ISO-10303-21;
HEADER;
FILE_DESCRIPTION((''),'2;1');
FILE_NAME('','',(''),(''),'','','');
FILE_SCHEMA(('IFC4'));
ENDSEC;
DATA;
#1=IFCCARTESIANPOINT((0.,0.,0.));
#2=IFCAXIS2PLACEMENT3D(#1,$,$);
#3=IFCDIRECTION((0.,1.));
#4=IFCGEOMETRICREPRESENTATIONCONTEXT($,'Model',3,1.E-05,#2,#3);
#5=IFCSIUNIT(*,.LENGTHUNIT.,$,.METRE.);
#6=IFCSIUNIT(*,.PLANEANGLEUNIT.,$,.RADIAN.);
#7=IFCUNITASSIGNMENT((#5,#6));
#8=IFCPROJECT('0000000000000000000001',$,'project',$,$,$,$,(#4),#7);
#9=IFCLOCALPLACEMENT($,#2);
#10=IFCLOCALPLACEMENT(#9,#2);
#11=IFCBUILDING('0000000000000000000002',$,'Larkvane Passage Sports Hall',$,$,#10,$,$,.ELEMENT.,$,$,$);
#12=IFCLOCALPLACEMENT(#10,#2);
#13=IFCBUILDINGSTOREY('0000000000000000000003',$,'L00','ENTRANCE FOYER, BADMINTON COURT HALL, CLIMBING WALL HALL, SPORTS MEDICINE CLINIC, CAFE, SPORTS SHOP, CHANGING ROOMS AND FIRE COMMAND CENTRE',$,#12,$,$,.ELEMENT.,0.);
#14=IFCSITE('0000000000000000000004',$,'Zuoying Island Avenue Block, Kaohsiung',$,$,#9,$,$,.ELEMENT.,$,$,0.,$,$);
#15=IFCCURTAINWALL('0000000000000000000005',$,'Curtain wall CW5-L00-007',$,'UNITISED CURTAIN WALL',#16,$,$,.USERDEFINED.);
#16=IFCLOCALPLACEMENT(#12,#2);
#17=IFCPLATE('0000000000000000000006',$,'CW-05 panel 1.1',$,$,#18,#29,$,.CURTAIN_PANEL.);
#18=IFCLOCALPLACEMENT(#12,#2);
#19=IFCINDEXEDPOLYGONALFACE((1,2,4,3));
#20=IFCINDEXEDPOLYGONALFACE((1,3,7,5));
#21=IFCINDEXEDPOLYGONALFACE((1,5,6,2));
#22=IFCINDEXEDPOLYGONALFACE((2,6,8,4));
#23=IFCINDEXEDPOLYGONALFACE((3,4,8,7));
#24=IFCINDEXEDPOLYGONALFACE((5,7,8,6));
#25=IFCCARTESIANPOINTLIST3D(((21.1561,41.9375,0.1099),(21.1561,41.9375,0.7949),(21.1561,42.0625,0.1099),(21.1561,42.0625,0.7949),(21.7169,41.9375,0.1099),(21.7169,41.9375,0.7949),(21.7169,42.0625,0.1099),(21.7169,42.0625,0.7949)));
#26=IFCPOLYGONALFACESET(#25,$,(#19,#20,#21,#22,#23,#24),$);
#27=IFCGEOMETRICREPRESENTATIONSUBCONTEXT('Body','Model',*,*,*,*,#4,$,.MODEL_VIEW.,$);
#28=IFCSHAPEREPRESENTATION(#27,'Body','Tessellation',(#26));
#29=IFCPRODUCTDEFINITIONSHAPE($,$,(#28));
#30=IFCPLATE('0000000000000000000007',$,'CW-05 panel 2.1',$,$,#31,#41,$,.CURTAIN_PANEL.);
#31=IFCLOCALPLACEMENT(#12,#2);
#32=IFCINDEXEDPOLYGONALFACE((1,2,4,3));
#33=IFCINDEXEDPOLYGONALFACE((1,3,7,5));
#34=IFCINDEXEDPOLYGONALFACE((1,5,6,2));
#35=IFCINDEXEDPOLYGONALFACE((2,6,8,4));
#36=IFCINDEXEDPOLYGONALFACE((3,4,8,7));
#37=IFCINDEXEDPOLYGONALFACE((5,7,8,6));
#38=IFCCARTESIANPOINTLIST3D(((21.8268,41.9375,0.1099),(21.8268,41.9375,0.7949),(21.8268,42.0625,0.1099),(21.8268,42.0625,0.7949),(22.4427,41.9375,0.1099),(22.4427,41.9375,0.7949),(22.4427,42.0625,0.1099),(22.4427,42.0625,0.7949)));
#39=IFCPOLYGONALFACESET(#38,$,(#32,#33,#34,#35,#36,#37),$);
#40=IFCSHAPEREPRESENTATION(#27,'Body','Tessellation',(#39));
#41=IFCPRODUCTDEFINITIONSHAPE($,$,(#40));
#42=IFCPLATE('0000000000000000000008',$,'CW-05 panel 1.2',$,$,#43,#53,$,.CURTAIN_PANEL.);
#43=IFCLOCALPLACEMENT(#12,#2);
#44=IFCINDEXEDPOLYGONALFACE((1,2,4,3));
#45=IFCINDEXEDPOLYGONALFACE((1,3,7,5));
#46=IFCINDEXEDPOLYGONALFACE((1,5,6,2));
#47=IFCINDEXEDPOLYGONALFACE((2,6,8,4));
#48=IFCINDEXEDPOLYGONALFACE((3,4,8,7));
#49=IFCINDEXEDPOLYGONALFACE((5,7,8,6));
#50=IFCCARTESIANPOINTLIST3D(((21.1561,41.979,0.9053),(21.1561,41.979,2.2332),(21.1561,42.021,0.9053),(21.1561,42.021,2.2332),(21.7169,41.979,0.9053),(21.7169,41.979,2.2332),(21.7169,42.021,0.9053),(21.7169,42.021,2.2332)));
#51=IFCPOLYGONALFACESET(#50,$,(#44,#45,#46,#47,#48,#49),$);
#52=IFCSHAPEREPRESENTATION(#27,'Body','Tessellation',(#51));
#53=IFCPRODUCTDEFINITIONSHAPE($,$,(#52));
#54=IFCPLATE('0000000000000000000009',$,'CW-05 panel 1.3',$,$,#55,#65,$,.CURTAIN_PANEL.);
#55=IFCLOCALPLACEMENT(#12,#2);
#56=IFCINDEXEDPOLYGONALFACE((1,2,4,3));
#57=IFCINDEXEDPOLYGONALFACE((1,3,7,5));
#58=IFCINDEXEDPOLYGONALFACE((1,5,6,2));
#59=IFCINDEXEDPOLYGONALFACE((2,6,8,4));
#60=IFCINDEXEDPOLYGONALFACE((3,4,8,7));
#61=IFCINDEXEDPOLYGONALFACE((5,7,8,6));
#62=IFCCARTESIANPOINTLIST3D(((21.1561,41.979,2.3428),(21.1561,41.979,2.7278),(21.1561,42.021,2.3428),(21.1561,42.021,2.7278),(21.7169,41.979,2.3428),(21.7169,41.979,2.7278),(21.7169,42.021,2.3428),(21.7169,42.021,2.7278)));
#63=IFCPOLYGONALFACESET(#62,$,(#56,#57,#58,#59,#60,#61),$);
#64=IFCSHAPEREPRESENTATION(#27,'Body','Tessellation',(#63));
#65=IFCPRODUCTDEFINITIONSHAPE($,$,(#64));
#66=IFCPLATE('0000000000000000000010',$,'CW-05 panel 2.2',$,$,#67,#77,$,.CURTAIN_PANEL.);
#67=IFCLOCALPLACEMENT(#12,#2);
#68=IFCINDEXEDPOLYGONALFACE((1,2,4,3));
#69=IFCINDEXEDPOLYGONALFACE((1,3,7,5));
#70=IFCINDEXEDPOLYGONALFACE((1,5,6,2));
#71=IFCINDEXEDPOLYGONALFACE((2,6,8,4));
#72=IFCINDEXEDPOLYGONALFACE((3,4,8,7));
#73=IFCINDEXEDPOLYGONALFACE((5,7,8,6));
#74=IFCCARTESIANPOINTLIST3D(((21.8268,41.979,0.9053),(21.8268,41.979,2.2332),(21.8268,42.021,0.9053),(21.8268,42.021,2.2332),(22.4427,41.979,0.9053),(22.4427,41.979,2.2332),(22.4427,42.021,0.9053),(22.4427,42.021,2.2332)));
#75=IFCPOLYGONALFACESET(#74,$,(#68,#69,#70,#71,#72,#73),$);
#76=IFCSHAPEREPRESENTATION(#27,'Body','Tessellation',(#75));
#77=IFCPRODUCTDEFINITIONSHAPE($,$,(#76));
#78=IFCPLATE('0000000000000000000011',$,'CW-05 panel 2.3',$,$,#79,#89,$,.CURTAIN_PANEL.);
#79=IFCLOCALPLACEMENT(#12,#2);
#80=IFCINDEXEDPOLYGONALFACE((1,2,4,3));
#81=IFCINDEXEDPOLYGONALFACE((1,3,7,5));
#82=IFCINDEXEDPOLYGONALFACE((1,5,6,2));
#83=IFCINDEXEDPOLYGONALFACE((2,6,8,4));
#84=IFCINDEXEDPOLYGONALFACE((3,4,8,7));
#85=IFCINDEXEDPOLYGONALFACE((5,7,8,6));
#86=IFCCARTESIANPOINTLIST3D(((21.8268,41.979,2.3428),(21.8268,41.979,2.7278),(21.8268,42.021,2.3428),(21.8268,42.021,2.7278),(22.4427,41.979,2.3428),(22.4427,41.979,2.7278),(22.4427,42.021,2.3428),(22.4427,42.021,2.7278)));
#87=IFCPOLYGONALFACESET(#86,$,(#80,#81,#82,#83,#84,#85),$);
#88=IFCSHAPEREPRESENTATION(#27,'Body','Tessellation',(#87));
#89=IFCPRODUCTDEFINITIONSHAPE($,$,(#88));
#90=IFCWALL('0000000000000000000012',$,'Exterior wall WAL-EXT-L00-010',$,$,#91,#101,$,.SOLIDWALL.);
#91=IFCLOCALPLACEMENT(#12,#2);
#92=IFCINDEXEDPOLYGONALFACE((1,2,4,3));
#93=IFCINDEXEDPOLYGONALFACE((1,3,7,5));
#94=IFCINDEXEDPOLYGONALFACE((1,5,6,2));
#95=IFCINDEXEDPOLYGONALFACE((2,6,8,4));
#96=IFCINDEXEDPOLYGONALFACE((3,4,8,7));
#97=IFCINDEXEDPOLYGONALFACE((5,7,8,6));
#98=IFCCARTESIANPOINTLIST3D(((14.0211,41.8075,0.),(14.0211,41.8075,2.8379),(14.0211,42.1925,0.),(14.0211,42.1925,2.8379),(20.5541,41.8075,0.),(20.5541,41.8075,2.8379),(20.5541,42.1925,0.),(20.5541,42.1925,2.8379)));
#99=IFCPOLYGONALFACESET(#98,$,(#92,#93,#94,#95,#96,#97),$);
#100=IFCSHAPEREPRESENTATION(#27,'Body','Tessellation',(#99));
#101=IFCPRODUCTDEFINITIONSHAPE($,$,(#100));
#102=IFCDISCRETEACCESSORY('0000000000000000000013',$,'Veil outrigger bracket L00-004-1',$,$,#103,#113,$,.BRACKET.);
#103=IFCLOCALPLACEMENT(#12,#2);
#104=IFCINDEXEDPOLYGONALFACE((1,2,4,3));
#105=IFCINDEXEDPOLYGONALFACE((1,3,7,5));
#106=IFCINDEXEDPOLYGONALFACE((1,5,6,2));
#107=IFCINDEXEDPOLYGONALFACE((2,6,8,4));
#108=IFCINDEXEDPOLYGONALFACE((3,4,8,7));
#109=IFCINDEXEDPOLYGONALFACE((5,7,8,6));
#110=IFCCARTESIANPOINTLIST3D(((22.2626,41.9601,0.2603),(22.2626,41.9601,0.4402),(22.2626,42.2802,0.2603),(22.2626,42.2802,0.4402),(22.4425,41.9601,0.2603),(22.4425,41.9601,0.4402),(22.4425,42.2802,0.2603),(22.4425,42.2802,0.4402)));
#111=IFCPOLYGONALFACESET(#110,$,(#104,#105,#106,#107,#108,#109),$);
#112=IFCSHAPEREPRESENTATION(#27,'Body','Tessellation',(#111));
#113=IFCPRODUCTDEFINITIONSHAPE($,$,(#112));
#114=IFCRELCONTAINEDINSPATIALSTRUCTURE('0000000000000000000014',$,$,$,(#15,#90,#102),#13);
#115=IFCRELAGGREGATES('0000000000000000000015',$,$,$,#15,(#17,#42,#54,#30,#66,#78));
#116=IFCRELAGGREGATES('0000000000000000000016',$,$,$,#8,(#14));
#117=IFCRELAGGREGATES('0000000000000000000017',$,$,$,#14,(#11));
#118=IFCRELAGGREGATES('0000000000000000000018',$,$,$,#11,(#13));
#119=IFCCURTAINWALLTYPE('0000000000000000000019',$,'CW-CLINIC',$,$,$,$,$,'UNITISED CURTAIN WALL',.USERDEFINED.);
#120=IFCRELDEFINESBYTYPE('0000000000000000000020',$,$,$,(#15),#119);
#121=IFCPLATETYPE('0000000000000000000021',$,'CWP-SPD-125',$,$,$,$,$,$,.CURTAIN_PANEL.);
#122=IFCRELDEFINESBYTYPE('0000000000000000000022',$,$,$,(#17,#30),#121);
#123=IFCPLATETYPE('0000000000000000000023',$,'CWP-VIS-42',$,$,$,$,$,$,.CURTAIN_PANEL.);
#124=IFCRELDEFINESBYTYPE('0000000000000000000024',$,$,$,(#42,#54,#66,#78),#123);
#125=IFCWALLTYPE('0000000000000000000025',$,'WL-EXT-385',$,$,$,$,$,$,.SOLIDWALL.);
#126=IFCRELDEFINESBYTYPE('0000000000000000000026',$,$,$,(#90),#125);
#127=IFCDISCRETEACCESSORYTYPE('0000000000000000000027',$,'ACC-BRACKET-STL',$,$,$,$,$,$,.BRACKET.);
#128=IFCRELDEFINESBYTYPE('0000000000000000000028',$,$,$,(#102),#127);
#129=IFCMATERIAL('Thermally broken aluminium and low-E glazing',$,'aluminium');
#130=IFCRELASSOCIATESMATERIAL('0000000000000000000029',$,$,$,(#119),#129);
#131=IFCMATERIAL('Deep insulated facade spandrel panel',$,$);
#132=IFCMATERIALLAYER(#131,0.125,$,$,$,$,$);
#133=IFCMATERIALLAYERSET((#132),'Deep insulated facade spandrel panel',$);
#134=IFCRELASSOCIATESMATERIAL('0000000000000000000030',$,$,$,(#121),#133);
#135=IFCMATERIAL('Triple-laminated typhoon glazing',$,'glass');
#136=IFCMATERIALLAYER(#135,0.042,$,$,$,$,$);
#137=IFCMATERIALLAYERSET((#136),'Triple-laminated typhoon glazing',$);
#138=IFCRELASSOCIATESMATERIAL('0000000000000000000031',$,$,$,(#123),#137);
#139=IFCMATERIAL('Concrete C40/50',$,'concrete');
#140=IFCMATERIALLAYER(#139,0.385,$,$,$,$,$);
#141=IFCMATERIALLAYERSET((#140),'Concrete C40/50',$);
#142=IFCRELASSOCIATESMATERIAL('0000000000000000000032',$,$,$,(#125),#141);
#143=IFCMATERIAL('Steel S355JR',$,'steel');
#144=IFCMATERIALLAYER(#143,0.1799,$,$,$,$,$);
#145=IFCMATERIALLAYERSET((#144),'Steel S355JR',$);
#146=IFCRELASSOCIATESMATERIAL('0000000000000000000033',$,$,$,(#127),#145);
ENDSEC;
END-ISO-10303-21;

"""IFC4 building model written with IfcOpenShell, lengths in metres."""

from ifc_helpers import new_model, si_unit, direction, frame, frame_2d, origin, origin_2d, place, context, subcontext, project, spatial, rectangle, extrude, material, layer, layer_set, type_object, element, aggregate, save


model = new_model("IFC4")

# Units and contexts
model_context = context("Model", 3, precision=1e-05, world=origin(), true_north=direction((0.0, 1.0)))
body_context = subcontext(model_context, "Body", "Model", "MODEL_VIEW")
ifc_project = project(units=[si_unit("LENGTHUNIT", "METRE"), si_unit("PLANEANGLEUNIT", "RADIAN")], contexts=[model_context])

# Site, building, storey
site_placement = place(None, origin())
site = spatial("IfcSite", under=ifc_project, at=site_placement, Name="Zuoying Island Avenue Block, Kaohsiung", CompositionType="ELEMENT", RefElevation=0.0)
building_placement = place(site_placement, origin())
building = spatial("IfcBuilding", under=site, at=building_placement, Name="Larkvane Passage Sports Hall", CompositionType="ELEMENT")
storey_placement = place(building_placement, origin())
storey = spatial("IfcBuildingStorey", under=building, at=storey_placement, Name="L00", Description="ENTRANCE FOYER, BADMINTON COURT HALL, CLIMBING WALL HALL, SPORTS MEDICINE CLINIC, CAFE, SPORTS SHOP, CHANGING ROOMS AND FIRE COMMAND CENTRE", CompositionType="ELEMENT", Elevation=0.0)

# Curtain wall, plates
ifc_material_1 = material(Name="Thermally broken aluminium and low-E glazing", Category="aluminium")
curtain_wall_type = type_object("IfcCurtainWallType", Name="CW-CLINIC", ElementType="UNITISED CURTAIN WALL", PredefinedType="USERDEFINED", material=ifc_material_1)
curtain_wall_placement = place(storey_placement, origin())
curtain_wall = element("IfcCurtainWall", 1, at=curtain_wall_placement, inside=storey, type_object=curtain_wall_type, Name="Curtain wall CW5-L00-007", ObjectType="UNITISED CURTAIN WALL", PredefinedType="USERDEFINED")
ifc_material_2 = material(Name="Deep insulated facade spandrel panel")
ifc_layer_1 = layer(ifc_material_2, 0.125)
ifc_layer_set_1 = layer_set([ifc_layer_1], Name="Deep insulated facade spandrel panel")
plate_type_1 = type_object("IfcPlateType", Name="CWP-SPD-125", PredefinedType="CURTAIN_PANEL", material=ifc_layer_set_1)
plate_1_placement = place(storey_placement, frame((21.4365, 42.0, 0.1099), z_axis=(0.0, 0.0, 1.0), x_axis=(1.0, 0.0, 0.0)))
plate_1 = element("IfcPlate", 2, at=plate_1_placement, type_object=plate_type_1, Name="CW-05 panel 1.1", PredefinedType="CURTAIN_PANEL", context=body_context, shape_type="SweptSolid", body=[
    extrude(rectangle(XDim=0.5608, YDim=0.125, at=origin_2d()), origin(), (0.0, 0.0, 1.0), 0.6851),
])
plate_2_placement = place(storey_placement, frame((22.1348, 42.0, 0.1099), z_axis=(0.0, 0.0, 1.0), x_axis=(1.0, 0.0, 0.0)))
plate_2 = element("IfcPlate", 3, at=plate_2_placement, type_object=plate_type_1, Name="CW-05 panel 2.1", PredefinedType="CURTAIN_PANEL", context=body_context, shape_type="SweptSolid", body=[
    extrude(rectangle(XDim=0.616, YDim=0.125, at=origin_2d()), origin(), (0.0, 0.0, 1.0), 0.6851),
])
ifc_material_3 = material(Name="Triple-laminated typhoon glazing", Category="glass")
ifc_layer_2 = layer(ifc_material_3, 0.042)
ifc_layer_set_2 = layer_set([ifc_layer_2], Name="Triple-laminated typhoon glazing")
plate_type_2 = type_object("IfcPlateType", Name="CWP-VIS-42", PredefinedType="CURTAIN_PANEL", material=ifc_layer_set_2)
plate_3_placement = place(storey_placement, frame((21.4365, 42.0, 0.9053), z_axis=(0.0, 0.0, 1.0), x_axis=(1.0, 0.0, 0.0)))
plate_3 = element("IfcPlate", 4, at=plate_3_placement, type_object=plate_type_2, Name="CW-05 panel 1.2", PredefinedType="CURTAIN_PANEL", context=body_context, shape_type="SweptSolid", body=[
    extrude(rectangle(XDim=0.5608, YDim=0.042, at=origin_2d()), origin(), (0.0, 0.0, 1.0), 1.3279),
])
plate_4_placement = place(storey_placement, frame((21.4365, 42.0, 2.3428), z_axis=(0.0, 0.0, 1.0), x_axis=(1.0, 0.0, 0.0)))
plate_4 = element("IfcPlate", 5, at=plate_4_placement, type_object=plate_type_2, Name="CW-05 panel 1.3", PredefinedType="CURTAIN_PANEL", context=body_context, shape_type="SweptSolid", body=[
    extrude(rectangle(XDim=0.5608, YDim=0.042, at=origin_2d()), origin(), (0.0, 0.0, 1.0), 0.385),
])
plate_5_placement = place(storey_placement, frame((22.1348, 42.0, 0.9053), z_axis=(0.0, 0.0, 1.0), x_axis=(1.0, 0.0, 0.0)))
plate_5 = element("IfcPlate", 6, at=plate_5_placement, type_object=plate_type_2, Name="CW-05 panel 2.2", PredefinedType="CURTAIN_PANEL", context=body_context, shape_type="SweptSolid", body=[
    extrude(rectangle(XDim=0.616, YDim=0.042, at=origin_2d()), origin(), (0.0, 0.0, 1.0), 1.3279),
])
plate_6_placement = place(storey_placement, frame((22.1348, 42.0, 2.3428), z_axis=(0.0, 0.0, 1.0), x_axis=(1.0, 0.0, 0.0)))
plate_6 = element("IfcPlate", 7, at=plate_6_placement, type_object=plate_type_2, Name="CW-05 panel 2.3", PredefinedType="CURTAIN_PANEL", context=body_context, shape_type="SweptSolid", body=[
    extrude(rectangle(XDim=0.616, YDim=0.042, at=origin_2d()), origin(), (0.0, 0.0, 1.0), 0.385),
])
aggregate(curtain_wall, [plate_1, plate_3, plate_4, plate_2, plate_5, plate_6])

# Wall
ifc_material_4 = material(Name="Concrete C40/50", Category="concrete")
ifc_layer_3 = layer(ifc_material_4, 0.385)
ifc_layer_set_3 = layer_set([ifc_layer_3], Name="Concrete C40/50")
wall_type = type_object("IfcWallType", Name="WL-EXT-385", PredefinedType="SOLIDWALL", material=ifc_layer_set_3)
wall_placement = place(storey_placement, frame((14.021, 42.0, 0.0), z_axis=(0.0, 0.0, 1.0), x_axis=(1.0, 0.0, 0.0)))
element("IfcWall", 8, at=wall_placement, inside=storey, type_object=wall_type, Name="Exterior wall WAL-EXT-L00-010", PredefinedType="SOLIDWALL", context=body_context, shape_type="SweptSolid", body=[
    extrude(rectangle(XDim=6.533, YDim=0.385, at=frame_2d((3.2666, 0.0))), origin(), (0.0, 0.0, 1.0), 2.8379),
])

# Discrete accessory
ifc_material_5 = material(Name="Steel S355JR", Category="steel")
ifc_layer_4 = layer(ifc_material_5, 0.1799)
ifc_layer_set_4 = layer_set([ifc_layer_4], Name="Steel S355JR")
discrete_accessory_type = type_object("IfcDiscreteAccessoryType", Name="ACC-BRACKET-STL", PredefinedType="BRACKET", material=ifc_layer_set_4)
discrete_accessory_placement = place(storey_placement, frame((22.3525, 42.1201, 0.2603), z_axis=(0.0, 0.0, 1.0), x_axis=(1.0, 0.0, 0.0)))
element("IfcDiscreteAccessory", 9, at=discrete_accessory_placement, inside=storey, type_object=discrete_accessory_type, Name="Veil outrigger bracket L00-004-1", PredefinedType="BRACKET", context=body_context, shape_type="SweptSolid", body=[
    extrude(rectangle(XDim=0.1799, YDim=0.3201, at=origin_2d()), origin(), (0.0, 0.0, 1.0), 0.1799),
])

save(model, "model.ifc")
